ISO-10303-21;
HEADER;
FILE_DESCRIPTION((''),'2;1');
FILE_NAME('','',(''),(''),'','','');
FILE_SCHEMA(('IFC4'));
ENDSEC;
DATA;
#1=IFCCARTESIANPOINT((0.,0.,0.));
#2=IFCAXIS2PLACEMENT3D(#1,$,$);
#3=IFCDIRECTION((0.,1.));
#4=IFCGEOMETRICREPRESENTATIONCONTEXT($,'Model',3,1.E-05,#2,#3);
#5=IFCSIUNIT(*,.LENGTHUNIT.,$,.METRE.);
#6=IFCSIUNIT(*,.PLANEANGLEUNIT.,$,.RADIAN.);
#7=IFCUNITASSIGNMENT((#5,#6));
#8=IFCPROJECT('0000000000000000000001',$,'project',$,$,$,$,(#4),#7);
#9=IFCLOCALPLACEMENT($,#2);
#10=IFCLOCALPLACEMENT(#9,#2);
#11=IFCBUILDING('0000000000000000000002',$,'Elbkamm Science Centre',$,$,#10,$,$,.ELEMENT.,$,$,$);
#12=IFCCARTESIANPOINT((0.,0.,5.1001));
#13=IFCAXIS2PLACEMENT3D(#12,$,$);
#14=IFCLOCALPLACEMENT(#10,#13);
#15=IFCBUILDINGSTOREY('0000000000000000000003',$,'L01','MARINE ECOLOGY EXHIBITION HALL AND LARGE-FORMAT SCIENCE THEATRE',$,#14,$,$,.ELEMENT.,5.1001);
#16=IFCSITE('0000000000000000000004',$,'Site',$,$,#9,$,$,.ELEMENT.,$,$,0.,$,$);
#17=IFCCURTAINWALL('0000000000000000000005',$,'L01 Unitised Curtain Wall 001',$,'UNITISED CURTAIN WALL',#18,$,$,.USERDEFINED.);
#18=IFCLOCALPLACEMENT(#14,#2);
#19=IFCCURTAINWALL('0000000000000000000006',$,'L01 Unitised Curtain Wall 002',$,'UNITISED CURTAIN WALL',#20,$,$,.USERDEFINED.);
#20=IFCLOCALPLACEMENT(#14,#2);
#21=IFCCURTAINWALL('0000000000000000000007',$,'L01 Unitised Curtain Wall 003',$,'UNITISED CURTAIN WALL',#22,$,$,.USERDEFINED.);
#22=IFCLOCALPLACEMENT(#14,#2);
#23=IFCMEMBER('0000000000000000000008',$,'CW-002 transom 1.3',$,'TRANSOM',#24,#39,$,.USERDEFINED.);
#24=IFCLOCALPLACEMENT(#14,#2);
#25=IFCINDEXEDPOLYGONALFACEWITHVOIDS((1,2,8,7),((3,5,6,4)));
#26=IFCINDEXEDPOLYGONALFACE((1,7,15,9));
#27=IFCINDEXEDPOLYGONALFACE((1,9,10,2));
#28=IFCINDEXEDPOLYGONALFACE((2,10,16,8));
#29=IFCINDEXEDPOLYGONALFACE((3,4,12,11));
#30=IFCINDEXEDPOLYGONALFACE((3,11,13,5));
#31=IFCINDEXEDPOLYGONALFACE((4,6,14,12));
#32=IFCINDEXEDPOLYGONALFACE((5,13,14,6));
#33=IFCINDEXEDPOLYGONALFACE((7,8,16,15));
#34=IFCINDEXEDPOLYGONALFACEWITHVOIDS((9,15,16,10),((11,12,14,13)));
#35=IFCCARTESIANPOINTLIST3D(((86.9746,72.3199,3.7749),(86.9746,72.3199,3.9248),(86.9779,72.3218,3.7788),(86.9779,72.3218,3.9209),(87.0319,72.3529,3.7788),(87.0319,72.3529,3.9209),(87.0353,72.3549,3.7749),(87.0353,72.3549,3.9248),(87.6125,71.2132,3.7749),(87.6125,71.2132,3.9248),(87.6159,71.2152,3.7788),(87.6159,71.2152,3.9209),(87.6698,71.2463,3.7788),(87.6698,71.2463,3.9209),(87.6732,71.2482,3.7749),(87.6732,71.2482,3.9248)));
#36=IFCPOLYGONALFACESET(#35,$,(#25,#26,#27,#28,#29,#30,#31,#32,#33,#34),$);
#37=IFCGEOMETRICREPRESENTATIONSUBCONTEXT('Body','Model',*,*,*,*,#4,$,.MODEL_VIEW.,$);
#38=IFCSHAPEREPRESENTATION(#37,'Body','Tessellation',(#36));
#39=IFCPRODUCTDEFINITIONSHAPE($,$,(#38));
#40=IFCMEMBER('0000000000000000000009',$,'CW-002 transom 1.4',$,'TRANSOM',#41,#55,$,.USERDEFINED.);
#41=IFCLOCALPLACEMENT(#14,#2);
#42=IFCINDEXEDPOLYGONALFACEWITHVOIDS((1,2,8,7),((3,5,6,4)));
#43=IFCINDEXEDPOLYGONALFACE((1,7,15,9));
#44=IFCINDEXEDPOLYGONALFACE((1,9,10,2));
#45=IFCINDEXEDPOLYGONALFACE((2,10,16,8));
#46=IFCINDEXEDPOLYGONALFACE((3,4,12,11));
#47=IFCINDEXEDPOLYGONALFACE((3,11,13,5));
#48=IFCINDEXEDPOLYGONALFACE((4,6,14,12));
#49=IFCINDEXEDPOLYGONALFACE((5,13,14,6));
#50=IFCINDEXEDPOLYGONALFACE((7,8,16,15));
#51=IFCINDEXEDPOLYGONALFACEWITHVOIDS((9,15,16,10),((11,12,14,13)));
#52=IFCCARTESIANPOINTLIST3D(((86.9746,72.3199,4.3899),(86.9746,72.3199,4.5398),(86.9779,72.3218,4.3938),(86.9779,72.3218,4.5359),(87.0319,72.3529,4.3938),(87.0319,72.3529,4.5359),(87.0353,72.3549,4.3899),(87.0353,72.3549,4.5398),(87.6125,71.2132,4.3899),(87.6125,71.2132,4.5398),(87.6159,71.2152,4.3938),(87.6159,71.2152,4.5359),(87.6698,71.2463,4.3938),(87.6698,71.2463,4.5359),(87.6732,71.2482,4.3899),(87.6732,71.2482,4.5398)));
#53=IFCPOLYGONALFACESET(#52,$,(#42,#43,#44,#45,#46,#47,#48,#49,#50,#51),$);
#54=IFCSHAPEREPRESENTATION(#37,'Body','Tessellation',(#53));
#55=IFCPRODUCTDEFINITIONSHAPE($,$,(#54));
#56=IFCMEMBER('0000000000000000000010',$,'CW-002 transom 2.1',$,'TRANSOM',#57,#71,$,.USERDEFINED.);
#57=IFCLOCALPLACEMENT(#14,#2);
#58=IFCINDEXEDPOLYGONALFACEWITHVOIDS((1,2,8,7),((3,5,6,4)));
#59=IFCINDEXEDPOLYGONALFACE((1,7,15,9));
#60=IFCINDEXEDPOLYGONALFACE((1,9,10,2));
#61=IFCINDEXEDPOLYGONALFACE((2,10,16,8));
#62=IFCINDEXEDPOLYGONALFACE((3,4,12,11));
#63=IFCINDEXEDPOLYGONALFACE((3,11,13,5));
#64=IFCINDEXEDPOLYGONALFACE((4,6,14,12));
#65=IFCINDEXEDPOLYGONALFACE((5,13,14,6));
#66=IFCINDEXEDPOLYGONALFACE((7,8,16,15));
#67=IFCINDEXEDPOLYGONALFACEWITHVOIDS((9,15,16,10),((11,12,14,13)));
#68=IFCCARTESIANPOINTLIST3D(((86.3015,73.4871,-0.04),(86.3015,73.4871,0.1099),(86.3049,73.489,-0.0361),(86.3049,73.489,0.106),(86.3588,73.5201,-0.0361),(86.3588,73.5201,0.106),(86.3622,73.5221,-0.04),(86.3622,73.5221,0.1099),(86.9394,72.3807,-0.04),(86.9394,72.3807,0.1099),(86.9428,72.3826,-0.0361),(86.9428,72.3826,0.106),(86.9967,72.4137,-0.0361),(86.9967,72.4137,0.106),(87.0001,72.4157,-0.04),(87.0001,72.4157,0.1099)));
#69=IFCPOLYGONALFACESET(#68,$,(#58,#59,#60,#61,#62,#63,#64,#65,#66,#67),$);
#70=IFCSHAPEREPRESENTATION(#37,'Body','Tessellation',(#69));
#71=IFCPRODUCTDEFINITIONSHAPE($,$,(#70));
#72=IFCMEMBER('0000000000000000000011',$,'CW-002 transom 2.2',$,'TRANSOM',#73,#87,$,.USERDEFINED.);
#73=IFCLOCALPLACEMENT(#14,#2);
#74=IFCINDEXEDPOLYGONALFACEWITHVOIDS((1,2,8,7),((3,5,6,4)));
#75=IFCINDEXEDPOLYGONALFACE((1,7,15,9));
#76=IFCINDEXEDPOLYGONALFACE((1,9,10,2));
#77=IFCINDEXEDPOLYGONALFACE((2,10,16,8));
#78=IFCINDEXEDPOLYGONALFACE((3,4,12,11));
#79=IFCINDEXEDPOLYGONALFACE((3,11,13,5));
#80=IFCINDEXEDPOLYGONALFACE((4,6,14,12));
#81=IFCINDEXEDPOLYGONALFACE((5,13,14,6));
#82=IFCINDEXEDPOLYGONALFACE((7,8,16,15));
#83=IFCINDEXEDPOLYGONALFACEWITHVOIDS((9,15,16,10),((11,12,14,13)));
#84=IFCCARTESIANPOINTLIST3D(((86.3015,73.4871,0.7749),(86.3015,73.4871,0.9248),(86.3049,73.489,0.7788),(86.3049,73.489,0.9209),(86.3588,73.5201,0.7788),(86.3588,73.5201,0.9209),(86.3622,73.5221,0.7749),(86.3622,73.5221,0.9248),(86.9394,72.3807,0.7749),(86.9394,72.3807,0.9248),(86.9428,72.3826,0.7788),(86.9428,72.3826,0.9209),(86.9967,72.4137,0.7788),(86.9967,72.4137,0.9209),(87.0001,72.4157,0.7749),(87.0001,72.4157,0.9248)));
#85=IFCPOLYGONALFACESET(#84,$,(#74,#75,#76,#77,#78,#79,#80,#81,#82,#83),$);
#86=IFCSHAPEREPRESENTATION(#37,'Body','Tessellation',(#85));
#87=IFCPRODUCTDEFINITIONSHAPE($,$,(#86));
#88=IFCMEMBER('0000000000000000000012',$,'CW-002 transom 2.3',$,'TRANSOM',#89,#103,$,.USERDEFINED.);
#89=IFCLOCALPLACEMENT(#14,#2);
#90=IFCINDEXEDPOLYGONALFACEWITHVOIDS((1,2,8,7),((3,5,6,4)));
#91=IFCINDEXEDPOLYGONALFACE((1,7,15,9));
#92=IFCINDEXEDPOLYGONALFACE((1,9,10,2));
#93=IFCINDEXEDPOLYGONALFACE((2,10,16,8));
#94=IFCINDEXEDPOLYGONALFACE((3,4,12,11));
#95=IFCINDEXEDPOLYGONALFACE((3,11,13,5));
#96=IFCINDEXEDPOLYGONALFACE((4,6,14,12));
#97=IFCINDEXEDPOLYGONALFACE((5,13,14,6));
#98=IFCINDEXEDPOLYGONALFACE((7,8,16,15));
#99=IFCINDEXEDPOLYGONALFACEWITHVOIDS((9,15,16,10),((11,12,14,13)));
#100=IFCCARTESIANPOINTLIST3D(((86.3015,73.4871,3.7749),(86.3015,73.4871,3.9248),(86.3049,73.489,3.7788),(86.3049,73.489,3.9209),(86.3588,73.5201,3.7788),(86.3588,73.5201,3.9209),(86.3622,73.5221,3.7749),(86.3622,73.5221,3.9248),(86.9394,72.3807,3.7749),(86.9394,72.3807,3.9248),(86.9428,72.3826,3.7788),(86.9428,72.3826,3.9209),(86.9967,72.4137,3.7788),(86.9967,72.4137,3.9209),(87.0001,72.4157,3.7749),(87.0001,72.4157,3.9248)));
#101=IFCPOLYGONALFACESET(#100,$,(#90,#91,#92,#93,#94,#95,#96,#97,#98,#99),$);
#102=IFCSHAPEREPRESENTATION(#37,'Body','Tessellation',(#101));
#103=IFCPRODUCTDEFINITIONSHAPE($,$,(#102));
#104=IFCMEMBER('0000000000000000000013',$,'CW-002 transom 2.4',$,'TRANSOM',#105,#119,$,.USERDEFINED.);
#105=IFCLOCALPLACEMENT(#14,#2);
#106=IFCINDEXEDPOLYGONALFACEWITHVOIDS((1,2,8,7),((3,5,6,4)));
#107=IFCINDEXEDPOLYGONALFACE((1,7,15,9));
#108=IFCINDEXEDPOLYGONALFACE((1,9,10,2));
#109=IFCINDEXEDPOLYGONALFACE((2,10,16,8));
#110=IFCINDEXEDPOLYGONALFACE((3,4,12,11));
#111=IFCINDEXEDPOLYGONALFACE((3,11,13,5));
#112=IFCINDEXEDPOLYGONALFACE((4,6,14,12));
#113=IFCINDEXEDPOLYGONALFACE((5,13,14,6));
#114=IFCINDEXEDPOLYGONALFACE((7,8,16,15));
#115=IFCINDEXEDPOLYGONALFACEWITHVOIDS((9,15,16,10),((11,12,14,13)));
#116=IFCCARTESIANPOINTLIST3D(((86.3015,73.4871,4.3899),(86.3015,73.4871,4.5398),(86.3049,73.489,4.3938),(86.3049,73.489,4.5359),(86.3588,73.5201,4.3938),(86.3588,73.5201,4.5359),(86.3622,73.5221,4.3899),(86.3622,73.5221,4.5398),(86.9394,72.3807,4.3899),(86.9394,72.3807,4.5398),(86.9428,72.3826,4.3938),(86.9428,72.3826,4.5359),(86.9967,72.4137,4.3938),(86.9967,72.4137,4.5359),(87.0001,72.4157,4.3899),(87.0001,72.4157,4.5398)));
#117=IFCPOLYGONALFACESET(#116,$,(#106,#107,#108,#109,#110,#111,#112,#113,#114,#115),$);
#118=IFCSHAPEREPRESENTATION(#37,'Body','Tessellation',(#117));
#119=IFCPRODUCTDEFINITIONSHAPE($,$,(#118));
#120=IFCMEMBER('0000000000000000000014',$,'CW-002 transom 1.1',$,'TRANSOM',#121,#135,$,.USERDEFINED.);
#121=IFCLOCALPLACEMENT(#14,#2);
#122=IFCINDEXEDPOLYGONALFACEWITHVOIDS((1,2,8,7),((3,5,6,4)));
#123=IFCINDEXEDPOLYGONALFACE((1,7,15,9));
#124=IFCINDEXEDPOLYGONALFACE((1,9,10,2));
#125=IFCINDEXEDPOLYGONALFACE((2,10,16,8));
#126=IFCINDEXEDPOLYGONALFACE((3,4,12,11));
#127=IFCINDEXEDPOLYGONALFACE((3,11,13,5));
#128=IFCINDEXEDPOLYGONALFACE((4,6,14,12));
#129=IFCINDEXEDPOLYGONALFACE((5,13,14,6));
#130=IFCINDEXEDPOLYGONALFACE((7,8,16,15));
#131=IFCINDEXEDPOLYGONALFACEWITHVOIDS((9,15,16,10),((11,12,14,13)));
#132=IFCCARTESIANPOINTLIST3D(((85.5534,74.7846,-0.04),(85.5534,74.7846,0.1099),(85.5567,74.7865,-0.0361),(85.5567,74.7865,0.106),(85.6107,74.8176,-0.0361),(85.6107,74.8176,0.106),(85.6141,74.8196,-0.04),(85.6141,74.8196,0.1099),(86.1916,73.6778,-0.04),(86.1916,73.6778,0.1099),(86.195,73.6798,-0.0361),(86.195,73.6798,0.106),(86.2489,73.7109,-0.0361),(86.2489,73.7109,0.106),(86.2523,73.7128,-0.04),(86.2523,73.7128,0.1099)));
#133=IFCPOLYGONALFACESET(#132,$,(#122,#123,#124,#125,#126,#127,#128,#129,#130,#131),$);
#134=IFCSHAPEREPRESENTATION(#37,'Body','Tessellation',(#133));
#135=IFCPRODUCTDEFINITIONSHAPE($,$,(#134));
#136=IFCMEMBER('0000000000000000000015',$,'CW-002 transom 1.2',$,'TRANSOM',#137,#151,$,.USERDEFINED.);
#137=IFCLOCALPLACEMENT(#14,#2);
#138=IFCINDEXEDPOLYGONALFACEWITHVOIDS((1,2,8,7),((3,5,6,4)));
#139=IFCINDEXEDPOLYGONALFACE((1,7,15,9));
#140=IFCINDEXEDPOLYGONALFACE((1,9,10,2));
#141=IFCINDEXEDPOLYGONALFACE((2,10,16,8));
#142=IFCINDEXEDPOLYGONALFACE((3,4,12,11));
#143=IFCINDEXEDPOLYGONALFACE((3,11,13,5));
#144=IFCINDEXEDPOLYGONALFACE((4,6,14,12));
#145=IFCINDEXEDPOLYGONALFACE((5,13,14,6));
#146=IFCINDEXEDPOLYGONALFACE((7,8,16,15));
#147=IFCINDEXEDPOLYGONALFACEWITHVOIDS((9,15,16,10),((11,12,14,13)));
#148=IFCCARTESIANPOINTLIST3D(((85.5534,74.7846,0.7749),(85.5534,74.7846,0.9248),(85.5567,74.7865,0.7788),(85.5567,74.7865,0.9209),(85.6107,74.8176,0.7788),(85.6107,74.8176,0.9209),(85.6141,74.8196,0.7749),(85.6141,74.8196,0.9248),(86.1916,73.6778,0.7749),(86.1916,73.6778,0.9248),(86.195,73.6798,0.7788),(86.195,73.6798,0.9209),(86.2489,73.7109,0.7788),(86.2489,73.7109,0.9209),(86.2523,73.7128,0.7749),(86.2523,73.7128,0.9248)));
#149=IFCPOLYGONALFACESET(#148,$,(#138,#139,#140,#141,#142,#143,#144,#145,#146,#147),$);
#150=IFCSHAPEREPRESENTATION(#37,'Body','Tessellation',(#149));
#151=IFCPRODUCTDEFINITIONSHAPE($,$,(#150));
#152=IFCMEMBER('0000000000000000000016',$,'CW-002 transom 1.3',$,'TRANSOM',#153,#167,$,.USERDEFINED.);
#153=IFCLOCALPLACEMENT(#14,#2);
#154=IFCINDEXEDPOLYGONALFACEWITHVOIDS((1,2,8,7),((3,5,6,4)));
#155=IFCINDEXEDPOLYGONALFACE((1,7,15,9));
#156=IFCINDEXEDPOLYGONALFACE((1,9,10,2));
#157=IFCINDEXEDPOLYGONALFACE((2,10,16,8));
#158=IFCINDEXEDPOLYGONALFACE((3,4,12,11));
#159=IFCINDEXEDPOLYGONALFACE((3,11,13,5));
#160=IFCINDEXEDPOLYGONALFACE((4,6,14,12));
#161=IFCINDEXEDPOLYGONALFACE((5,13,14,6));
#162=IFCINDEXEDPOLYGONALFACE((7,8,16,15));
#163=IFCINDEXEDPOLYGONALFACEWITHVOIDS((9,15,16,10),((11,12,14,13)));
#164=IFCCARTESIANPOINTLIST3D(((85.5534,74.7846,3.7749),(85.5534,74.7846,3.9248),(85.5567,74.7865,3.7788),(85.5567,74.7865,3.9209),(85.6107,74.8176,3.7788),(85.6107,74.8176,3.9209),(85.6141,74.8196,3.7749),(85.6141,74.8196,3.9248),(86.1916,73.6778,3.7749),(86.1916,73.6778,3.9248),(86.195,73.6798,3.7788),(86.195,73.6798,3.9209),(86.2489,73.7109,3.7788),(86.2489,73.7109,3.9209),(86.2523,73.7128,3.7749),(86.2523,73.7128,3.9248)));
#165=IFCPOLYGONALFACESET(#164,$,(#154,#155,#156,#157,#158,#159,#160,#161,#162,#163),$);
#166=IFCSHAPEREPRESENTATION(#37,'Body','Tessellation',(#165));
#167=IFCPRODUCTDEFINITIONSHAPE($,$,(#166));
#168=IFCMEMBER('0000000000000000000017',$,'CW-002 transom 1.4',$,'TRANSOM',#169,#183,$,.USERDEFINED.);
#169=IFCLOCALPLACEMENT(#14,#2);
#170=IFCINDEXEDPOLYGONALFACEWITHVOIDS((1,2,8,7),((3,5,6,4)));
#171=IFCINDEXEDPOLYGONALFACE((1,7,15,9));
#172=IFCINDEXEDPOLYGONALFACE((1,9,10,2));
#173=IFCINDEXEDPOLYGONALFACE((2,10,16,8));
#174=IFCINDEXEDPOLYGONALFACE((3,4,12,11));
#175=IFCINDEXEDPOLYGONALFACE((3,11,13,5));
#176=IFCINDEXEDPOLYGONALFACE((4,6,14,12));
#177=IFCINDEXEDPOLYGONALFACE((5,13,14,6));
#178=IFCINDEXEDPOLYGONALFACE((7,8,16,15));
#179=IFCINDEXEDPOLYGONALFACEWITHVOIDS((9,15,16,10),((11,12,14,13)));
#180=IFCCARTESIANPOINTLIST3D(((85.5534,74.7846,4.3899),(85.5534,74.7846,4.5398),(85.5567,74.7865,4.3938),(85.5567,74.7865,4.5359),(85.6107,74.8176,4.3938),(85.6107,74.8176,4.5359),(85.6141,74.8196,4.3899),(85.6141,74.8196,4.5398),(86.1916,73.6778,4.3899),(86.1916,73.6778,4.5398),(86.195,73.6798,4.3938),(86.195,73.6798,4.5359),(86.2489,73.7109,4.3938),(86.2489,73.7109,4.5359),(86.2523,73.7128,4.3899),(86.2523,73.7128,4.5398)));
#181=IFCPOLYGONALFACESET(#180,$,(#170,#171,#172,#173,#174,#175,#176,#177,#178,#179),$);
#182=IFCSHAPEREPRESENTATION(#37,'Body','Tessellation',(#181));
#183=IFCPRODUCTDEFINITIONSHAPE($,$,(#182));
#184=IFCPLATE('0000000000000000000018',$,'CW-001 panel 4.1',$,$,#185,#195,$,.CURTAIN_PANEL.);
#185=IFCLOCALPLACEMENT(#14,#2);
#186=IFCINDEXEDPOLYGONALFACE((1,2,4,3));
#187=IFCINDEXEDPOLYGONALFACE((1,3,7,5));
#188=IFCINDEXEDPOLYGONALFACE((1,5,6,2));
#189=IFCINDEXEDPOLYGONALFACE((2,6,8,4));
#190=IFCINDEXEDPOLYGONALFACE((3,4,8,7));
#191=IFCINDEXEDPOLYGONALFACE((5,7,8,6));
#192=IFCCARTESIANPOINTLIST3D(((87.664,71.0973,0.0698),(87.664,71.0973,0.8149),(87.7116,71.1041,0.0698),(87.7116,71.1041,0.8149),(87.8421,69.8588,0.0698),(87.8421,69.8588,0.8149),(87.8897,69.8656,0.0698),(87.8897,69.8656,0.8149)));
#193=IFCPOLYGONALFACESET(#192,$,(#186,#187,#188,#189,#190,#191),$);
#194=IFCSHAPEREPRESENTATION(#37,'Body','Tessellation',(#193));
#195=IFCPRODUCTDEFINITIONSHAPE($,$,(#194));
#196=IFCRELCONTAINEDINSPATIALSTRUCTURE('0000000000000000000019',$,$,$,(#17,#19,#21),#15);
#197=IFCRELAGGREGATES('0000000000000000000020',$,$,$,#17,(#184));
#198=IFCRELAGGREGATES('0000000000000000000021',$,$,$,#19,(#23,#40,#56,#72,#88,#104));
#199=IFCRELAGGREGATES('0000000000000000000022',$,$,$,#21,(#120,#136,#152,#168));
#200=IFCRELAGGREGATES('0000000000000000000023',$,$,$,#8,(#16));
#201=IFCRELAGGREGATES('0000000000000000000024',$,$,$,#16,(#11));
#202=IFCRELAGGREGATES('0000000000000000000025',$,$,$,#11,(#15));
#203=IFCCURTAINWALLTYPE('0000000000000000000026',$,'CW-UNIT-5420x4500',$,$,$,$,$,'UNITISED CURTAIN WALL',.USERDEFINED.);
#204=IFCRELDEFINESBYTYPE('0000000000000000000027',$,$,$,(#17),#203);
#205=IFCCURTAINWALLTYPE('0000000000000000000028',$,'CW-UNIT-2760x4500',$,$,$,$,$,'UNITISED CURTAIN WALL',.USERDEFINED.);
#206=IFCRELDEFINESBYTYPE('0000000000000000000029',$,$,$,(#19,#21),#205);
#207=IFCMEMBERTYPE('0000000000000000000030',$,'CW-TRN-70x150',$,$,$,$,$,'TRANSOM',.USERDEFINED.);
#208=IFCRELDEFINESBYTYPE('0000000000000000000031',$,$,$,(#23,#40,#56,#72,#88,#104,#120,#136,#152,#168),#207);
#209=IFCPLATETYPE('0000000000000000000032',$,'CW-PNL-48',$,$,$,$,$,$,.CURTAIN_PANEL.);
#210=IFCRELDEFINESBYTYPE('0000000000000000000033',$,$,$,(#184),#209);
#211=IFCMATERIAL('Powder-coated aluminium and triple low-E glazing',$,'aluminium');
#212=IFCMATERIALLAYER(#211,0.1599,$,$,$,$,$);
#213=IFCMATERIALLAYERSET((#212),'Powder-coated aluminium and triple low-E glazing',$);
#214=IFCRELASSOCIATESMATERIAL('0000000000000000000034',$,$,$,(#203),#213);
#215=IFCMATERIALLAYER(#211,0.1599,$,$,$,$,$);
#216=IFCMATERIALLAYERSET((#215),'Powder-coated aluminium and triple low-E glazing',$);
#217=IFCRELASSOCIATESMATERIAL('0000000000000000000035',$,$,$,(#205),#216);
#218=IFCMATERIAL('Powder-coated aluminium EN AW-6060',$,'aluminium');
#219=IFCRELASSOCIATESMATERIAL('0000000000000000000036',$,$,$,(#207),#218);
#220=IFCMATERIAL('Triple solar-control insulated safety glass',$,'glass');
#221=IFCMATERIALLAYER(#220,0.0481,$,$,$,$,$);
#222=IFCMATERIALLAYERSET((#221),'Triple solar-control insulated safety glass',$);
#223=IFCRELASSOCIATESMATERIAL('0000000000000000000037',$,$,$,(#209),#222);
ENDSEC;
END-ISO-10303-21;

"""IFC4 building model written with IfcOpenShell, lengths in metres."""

from ifc_helpers import new_model, si_unit, direction, frame, origin, origin_2d, place, context, subcontext, project, spatial, rectangle, hollow_rectangle, extrude, material, layer, layer_set, material_profile, profile_set, type_object, element, aggregate, save


model = new_model("IFC4")

# Units and contexts
model_context = context("Model", 3, precision=1e-05, world=origin(), true_north=direction((0.0, 1.0)))
body_context = subcontext(model_context, "Body", "Model", "MODEL_VIEW")
ifc_project = project(units=[si_unit("LENGTHUNIT", "METRE"), si_unit("PLANEANGLEUNIT", "RADIAN")], contexts=[model_context])

# Site, building, storey
site_placement = place(None, origin())
site = spatial("IfcSite", under=ifc_project, at=site_placement, Name="Site", CompositionType="ELEMENT", RefElevation=0.0)
building_placement = place(site_placement, origin())
building = spatial("IfcBuilding", under=site, at=building_placement, Name="Elbkamm Science Centre", CompositionType="ELEMENT")
storey_placement = place(building_placement, frame((0.0, 0.0, 5.1001)))
storey = spatial("IfcBuildingStorey", under=building, at=storey_placement, Name="L01", Description="MARINE ECOLOGY EXHIBITION HALL AND LARGE-FORMAT SCIENCE THEATRE", CompositionType="ELEMENT", Elevation=5.1001)

# Curtain wall
ifc_material_1 = material(Name="Powder-coated aluminium and triple low-E glazing", Category="aluminium")
ifc_layer_1 = layer(ifc_material_1, 0.1599)
ifc_layer_set_1 = layer_set([ifc_layer_1], Name="Powder-coated aluminium and triple low-E glazing")
curtain_wall_type_1 = type_object("IfcCurtainWallType", Name="CW-UNIT-5420x4500", ElementType="UNITISED CURTAIN WALL", PredefinedType="USERDEFINED", material=ifc_layer_set_1)
curtain_wall_1_placement = place(storey_placement, origin())
curtain_wall_1 = element("IfcCurtainWall", 1, at=curtain_wall_1_placement, inside=storey, type_object=curtain_wall_type_1, Name="L01 Unitised Curtain Wall 001", ObjectType="UNITISED CURTAIN WALL", PredefinedType="USERDEFINED")
ifc_material_2 = material(Name="Powder-coated aluminium EN AW-6060", Category="aluminium")

# Curtain wall
ifc_layer_2 = layer(ifc_material_1, 0.1599)
ifc_layer_set_2 = layer_set([ifc_layer_2], Name="Powder-coated aluminium and triple low-E glazing")
curtain_wall_type_2 = type_object("IfcCurtainWallType", Name="CW-UNIT-2760x4500", ElementType="UNITISED CURTAIN WALL", PredefinedType="USERDEFINED", material=ifc_layer_set_2)
curtain_wall_2_placement = place(storey_placement, origin())
curtain_wall_2 = element("IfcCurtainWall", 2, at=curtain_wall_2_placement, inside=storey, type_object=curtain_wall_type_2, Name="L01 Unitised Curtain Wall 002", ObjectType="UNITISED CURTAIN WALL", PredefinedType="USERDEFINED")

# Curtain wall
curtain_wall_3_placement = place(storey_placement, origin())
curtain_wall_3 = element("IfcCurtainWall", 3, at=curtain_wall_3_placement, inside=storey, type_object=curtain_wall_type_2, Name="L01 Unitised Curtain Wall 003", ObjectType="UNITISED CURTAIN WALL", PredefinedType="USERDEFINED")

# Members
ifc_material_profile_1 = material_profile(ifc_material_2, hollow_rectangle(XDim=0.0701, YDim=0.1499, WallThickness=0.0039, at=origin_2d()), Name="ALU T70x150")
ifc_profile_set_1 = profile_set([ifc_material_profile_1], Name="Powder-coated aluminium EN AW-6060")
member_type_1 = type_object("IfcMemberType", Name="CW-TRN-70x150", ElementType="TRANSOM", PredefinedType="USERDEFINED", material=ifc_profile_set_1)
member_1_placement = place(storey_placement, frame((87.6428, 71.2307, 3.8499), z_axis=(-0.499408, 0.866367, 0.0), x_axis=(-0.866367, -0.499408, 0.0)))
member_1 = element("IfcMember", 4, at=member_1_placement, type_object=member_type_1, Name="CW-002 transom 1.3", ObjectType="TRANSOM", PredefinedType="USERDEFINED", context=body_context, shape_type="SweptSolid", body=[
    extrude(hollow_rectangle(XDim=0.0701, YDim=0.1499, WallThickness=0.0039, at=origin_2d()), origin(), (0.0, 0.0, 1.0), 1.2773),
])
member_2_placement = place(storey_placement, frame((87.6428, 71.2307, 4.4648), z_axis=(-0.499408, 0.866367, 0.0), x_axis=(-0.866367, -0.499408, 0.0)))
member_2 = element("IfcMember", 5, at=member_2_placement, type_object=member_type_1, Name="CW-002 transom 1.4", ObjectType="TRANSOM", PredefinedType="USERDEFINED", context=body_context, shape_type="SweptSolid", body=[
    extrude(hollow_rectangle(XDim=0.0701, YDim=0.1499, WallThickness=0.0039, at=origin_2d()), origin(), (0.0, 0.0, 1.0), 1.2773),
])
member_3_placement = place(storey_placement, frame((86.9697, 72.3982, 0.0349), z_axis=(-0.499491, 0.866319, 0.0), x_axis=(-0.866319, -0.499491, 0.0)))
member_3 = element("IfcMember", 6, at=member_3_placement, type_object=member_type_1, Name="CW-002 transom 2.1", ObjectType="TRANSOM", PredefinedType="USERDEFINED", context=body_context, shape_type="SweptSolid", body=[
    extrude(hollow_rectangle(XDim=0.0701, YDim=0.1499, WallThickness=0.0039, at=origin_2d()), origin(), (0.0, 0.0, 1.0), 1.2771),
])
member_4_placement = place(storey_placement, frame((86.9697, 72.3982, 0.8499), z_axis=(-0.499491, 0.866319, 0.0), x_axis=(-0.866319, -0.499491, 0.0)))
member_4 = element("IfcMember", 7, at=member_4_placement, type_object=member_type_1, Name="CW-002 transom 2.2", ObjectType="TRANSOM", PredefinedType="USERDEFINED", context=body_context, shape_type="SweptSolid", body=[
    extrude(hollow_rectangle(XDim=0.0701, YDim=0.1499, WallThickness=0.0039, at=origin_2d()), origin(), (0.0, 0.0, 1.0), 1.2771),
])
member_5_placement = place(storey_placement, frame((86.9697, 72.3982, 3.8499), z_axis=(-0.499491, 0.866319, 0.0), x_axis=(-0.866319, -0.499491, 0.0)))
member_5 = element("IfcMember", 8, at=member_5_placement, type_object=member_type_1, Name="CW-002 transom 2.3", ObjectType="TRANSOM", PredefinedType="USERDEFINED", context=body_context, shape_type="SweptSolid", body=[
    extrude(hollow_rectangle(XDim=0.0701, YDim=0.1499, WallThickness=0.0039, at=origin_2d()), origin(), (0.0, 0.0, 1.0), 1.2771),
])
member_6_placement = place(storey_placement, frame((86.9697, 72.3982, 4.4648), z_axis=(-0.499491, 0.866319, 0.0), x_axis=(-0.866319, -0.499491, 0.0)))
member_6 = element("IfcMember", 9, at=member_6_placement, type_object=member_type_1, Name="CW-002 transom 2.4", ObjectType="TRANSOM", PredefinedType="USERDEFINED", context=body_context, shape_type="SweptSolid", body=[
    extrude(hollow_rectangle(XDim=0.0701, YDim=0.1499, WallThickness=0.0039, at=origin_2d()), origin(), (0.0, 0.0, 1.0), 1.2771),
])
member_7_placement = place(storey_placement, frame((86.2219, 73.6953, 0.0349), z_axis=(-0.499551, 0.866284, 0.0), x_axis=(-0.866284, -0.499551, 0.0)))
member_7 = element("IfcMember", 10, at=member_7_placement, type_object=member_type_1, Name="CW-002 transom 1.1", ObjectType="TRANSOM", PredefinedType="USERDEFINED", context=body_context, shape_type="SweptSolid", body=[
    extrude(hollow_rectangle(XDim=0.0701, YDim=0.1499, WallThickness=0.0039, at=origin_2d()), origin(), (0.0, 0.0, 1.0), 1.2776),
])
member_8_placement = place(storey_placement, frame((86.2219, 73.6953, 0.8499), z_axis=(-0.499551, 0.866284, 0.0), x_axis=(-0.866284, -0.499551, 0.0)))
member_8 = element("IfcMember", 11, at=member_8_placement, type_object=member_type_1, Name="CW-002 transom 1.2", ObjectType="TRANSOM", PredefinedType="USERDEFINED", context=body_context, shape_type="SweptSolid", body=[
    extrude(hollow_rectangle(XDim=0.0701, YDim=0.1499, WallThickness=0.0039, at=origin_2d()), origin(), (0.0, 0.0, 1.0), 1.2776),
])
member_9_placement = place(storey_placement, frame((86.2219, 73.6953, 3.8499), z_axis=(-0.499551, 0.866284, 0.0), x_axis=(-0.866284, -0.499551, 0.0)))
member_9 = element("IfcMember", 12, at=member_9_placement, type_object=member_type_1, Name="CW-002 transom 1.3", ObjectType="TRANSOM", PredefinedType="USERDEFINED", context=body_context, shape_type="SweptSolid", body=[
    extrude(hollow_rectangle(XDim=0.0701, YDim=0.1499, WallThickness=0.0039, at=origin_2d()), origin(), (0.0, 0.0, 1.0), 1.2776),
])
member_10_placement = place(storey_placement, frame((86.2219, 73.6953, 4.4648), z_axis=(-0.499551, 0.866284, 0.0), x_axis=(-0.866284, -0.499551, 0.0)))
member_10 = element("IfcMember", 13, at=member_10_placement, type_object=member_type_1, Name="CW-002 transom 1.4", ObjectType="TRANSOM", PredefinedType="USERDEFINED", context=body_context, shape_type="SweptSolid", body=[
    extrude(hollow_rectangle(XDim=0.0701, YDim=0.1499, WallThickness=0.0039, at=origin_2d()), origin(), (0.0, 0.0, 1.0), 1.2776),
])

# Plate
ifc_material_3 = material(Name="Triple solar-control insulated safety glass", Category="glass")
ifc_layer_3 = layer(ifc_material_3, 0.0481)
ifc_layer_set_3 = layer_set([ifc_layer_3], Name="Triple solar-control insulated safety glass")
plate_type = type_object("IfcPlateType", Name="CW-PNL-48", PredefinedType="CURTAIN_PANEL", material=ifc_layer_set_3)
plate_1_placement = place(storey_placement, frame((87.7769, 70.4814, 0.0698), z_axis=(0.0, 0.0, 1.0), x_axis=(-0.142332, 0.989819, 0.0)))
plate_1 = element("IfcPlate", 14, at=plate_1_placement, type_object=plate_type, Name="CW-001 panel 4.1", PredefinedType="CURTAIN_PANEL", context=body_context, shape_type="SweptSolid", body=[
    extrude(rectangle(XDim=1.2512, YDim=0.0481, at=origin_2d()), origin(), (0.0, 0.0, 1.0), 0.7451),
])
aggregate(curtain_wall_1, [plate_1])
aggregate(curtain_wall_2, [member_1, member_2, member_3, member_4, member_5, member_6])
aggregate(curtain_wall_3, [member_7, member_8, member_9, member_10])

save(model, "model.ifc")
